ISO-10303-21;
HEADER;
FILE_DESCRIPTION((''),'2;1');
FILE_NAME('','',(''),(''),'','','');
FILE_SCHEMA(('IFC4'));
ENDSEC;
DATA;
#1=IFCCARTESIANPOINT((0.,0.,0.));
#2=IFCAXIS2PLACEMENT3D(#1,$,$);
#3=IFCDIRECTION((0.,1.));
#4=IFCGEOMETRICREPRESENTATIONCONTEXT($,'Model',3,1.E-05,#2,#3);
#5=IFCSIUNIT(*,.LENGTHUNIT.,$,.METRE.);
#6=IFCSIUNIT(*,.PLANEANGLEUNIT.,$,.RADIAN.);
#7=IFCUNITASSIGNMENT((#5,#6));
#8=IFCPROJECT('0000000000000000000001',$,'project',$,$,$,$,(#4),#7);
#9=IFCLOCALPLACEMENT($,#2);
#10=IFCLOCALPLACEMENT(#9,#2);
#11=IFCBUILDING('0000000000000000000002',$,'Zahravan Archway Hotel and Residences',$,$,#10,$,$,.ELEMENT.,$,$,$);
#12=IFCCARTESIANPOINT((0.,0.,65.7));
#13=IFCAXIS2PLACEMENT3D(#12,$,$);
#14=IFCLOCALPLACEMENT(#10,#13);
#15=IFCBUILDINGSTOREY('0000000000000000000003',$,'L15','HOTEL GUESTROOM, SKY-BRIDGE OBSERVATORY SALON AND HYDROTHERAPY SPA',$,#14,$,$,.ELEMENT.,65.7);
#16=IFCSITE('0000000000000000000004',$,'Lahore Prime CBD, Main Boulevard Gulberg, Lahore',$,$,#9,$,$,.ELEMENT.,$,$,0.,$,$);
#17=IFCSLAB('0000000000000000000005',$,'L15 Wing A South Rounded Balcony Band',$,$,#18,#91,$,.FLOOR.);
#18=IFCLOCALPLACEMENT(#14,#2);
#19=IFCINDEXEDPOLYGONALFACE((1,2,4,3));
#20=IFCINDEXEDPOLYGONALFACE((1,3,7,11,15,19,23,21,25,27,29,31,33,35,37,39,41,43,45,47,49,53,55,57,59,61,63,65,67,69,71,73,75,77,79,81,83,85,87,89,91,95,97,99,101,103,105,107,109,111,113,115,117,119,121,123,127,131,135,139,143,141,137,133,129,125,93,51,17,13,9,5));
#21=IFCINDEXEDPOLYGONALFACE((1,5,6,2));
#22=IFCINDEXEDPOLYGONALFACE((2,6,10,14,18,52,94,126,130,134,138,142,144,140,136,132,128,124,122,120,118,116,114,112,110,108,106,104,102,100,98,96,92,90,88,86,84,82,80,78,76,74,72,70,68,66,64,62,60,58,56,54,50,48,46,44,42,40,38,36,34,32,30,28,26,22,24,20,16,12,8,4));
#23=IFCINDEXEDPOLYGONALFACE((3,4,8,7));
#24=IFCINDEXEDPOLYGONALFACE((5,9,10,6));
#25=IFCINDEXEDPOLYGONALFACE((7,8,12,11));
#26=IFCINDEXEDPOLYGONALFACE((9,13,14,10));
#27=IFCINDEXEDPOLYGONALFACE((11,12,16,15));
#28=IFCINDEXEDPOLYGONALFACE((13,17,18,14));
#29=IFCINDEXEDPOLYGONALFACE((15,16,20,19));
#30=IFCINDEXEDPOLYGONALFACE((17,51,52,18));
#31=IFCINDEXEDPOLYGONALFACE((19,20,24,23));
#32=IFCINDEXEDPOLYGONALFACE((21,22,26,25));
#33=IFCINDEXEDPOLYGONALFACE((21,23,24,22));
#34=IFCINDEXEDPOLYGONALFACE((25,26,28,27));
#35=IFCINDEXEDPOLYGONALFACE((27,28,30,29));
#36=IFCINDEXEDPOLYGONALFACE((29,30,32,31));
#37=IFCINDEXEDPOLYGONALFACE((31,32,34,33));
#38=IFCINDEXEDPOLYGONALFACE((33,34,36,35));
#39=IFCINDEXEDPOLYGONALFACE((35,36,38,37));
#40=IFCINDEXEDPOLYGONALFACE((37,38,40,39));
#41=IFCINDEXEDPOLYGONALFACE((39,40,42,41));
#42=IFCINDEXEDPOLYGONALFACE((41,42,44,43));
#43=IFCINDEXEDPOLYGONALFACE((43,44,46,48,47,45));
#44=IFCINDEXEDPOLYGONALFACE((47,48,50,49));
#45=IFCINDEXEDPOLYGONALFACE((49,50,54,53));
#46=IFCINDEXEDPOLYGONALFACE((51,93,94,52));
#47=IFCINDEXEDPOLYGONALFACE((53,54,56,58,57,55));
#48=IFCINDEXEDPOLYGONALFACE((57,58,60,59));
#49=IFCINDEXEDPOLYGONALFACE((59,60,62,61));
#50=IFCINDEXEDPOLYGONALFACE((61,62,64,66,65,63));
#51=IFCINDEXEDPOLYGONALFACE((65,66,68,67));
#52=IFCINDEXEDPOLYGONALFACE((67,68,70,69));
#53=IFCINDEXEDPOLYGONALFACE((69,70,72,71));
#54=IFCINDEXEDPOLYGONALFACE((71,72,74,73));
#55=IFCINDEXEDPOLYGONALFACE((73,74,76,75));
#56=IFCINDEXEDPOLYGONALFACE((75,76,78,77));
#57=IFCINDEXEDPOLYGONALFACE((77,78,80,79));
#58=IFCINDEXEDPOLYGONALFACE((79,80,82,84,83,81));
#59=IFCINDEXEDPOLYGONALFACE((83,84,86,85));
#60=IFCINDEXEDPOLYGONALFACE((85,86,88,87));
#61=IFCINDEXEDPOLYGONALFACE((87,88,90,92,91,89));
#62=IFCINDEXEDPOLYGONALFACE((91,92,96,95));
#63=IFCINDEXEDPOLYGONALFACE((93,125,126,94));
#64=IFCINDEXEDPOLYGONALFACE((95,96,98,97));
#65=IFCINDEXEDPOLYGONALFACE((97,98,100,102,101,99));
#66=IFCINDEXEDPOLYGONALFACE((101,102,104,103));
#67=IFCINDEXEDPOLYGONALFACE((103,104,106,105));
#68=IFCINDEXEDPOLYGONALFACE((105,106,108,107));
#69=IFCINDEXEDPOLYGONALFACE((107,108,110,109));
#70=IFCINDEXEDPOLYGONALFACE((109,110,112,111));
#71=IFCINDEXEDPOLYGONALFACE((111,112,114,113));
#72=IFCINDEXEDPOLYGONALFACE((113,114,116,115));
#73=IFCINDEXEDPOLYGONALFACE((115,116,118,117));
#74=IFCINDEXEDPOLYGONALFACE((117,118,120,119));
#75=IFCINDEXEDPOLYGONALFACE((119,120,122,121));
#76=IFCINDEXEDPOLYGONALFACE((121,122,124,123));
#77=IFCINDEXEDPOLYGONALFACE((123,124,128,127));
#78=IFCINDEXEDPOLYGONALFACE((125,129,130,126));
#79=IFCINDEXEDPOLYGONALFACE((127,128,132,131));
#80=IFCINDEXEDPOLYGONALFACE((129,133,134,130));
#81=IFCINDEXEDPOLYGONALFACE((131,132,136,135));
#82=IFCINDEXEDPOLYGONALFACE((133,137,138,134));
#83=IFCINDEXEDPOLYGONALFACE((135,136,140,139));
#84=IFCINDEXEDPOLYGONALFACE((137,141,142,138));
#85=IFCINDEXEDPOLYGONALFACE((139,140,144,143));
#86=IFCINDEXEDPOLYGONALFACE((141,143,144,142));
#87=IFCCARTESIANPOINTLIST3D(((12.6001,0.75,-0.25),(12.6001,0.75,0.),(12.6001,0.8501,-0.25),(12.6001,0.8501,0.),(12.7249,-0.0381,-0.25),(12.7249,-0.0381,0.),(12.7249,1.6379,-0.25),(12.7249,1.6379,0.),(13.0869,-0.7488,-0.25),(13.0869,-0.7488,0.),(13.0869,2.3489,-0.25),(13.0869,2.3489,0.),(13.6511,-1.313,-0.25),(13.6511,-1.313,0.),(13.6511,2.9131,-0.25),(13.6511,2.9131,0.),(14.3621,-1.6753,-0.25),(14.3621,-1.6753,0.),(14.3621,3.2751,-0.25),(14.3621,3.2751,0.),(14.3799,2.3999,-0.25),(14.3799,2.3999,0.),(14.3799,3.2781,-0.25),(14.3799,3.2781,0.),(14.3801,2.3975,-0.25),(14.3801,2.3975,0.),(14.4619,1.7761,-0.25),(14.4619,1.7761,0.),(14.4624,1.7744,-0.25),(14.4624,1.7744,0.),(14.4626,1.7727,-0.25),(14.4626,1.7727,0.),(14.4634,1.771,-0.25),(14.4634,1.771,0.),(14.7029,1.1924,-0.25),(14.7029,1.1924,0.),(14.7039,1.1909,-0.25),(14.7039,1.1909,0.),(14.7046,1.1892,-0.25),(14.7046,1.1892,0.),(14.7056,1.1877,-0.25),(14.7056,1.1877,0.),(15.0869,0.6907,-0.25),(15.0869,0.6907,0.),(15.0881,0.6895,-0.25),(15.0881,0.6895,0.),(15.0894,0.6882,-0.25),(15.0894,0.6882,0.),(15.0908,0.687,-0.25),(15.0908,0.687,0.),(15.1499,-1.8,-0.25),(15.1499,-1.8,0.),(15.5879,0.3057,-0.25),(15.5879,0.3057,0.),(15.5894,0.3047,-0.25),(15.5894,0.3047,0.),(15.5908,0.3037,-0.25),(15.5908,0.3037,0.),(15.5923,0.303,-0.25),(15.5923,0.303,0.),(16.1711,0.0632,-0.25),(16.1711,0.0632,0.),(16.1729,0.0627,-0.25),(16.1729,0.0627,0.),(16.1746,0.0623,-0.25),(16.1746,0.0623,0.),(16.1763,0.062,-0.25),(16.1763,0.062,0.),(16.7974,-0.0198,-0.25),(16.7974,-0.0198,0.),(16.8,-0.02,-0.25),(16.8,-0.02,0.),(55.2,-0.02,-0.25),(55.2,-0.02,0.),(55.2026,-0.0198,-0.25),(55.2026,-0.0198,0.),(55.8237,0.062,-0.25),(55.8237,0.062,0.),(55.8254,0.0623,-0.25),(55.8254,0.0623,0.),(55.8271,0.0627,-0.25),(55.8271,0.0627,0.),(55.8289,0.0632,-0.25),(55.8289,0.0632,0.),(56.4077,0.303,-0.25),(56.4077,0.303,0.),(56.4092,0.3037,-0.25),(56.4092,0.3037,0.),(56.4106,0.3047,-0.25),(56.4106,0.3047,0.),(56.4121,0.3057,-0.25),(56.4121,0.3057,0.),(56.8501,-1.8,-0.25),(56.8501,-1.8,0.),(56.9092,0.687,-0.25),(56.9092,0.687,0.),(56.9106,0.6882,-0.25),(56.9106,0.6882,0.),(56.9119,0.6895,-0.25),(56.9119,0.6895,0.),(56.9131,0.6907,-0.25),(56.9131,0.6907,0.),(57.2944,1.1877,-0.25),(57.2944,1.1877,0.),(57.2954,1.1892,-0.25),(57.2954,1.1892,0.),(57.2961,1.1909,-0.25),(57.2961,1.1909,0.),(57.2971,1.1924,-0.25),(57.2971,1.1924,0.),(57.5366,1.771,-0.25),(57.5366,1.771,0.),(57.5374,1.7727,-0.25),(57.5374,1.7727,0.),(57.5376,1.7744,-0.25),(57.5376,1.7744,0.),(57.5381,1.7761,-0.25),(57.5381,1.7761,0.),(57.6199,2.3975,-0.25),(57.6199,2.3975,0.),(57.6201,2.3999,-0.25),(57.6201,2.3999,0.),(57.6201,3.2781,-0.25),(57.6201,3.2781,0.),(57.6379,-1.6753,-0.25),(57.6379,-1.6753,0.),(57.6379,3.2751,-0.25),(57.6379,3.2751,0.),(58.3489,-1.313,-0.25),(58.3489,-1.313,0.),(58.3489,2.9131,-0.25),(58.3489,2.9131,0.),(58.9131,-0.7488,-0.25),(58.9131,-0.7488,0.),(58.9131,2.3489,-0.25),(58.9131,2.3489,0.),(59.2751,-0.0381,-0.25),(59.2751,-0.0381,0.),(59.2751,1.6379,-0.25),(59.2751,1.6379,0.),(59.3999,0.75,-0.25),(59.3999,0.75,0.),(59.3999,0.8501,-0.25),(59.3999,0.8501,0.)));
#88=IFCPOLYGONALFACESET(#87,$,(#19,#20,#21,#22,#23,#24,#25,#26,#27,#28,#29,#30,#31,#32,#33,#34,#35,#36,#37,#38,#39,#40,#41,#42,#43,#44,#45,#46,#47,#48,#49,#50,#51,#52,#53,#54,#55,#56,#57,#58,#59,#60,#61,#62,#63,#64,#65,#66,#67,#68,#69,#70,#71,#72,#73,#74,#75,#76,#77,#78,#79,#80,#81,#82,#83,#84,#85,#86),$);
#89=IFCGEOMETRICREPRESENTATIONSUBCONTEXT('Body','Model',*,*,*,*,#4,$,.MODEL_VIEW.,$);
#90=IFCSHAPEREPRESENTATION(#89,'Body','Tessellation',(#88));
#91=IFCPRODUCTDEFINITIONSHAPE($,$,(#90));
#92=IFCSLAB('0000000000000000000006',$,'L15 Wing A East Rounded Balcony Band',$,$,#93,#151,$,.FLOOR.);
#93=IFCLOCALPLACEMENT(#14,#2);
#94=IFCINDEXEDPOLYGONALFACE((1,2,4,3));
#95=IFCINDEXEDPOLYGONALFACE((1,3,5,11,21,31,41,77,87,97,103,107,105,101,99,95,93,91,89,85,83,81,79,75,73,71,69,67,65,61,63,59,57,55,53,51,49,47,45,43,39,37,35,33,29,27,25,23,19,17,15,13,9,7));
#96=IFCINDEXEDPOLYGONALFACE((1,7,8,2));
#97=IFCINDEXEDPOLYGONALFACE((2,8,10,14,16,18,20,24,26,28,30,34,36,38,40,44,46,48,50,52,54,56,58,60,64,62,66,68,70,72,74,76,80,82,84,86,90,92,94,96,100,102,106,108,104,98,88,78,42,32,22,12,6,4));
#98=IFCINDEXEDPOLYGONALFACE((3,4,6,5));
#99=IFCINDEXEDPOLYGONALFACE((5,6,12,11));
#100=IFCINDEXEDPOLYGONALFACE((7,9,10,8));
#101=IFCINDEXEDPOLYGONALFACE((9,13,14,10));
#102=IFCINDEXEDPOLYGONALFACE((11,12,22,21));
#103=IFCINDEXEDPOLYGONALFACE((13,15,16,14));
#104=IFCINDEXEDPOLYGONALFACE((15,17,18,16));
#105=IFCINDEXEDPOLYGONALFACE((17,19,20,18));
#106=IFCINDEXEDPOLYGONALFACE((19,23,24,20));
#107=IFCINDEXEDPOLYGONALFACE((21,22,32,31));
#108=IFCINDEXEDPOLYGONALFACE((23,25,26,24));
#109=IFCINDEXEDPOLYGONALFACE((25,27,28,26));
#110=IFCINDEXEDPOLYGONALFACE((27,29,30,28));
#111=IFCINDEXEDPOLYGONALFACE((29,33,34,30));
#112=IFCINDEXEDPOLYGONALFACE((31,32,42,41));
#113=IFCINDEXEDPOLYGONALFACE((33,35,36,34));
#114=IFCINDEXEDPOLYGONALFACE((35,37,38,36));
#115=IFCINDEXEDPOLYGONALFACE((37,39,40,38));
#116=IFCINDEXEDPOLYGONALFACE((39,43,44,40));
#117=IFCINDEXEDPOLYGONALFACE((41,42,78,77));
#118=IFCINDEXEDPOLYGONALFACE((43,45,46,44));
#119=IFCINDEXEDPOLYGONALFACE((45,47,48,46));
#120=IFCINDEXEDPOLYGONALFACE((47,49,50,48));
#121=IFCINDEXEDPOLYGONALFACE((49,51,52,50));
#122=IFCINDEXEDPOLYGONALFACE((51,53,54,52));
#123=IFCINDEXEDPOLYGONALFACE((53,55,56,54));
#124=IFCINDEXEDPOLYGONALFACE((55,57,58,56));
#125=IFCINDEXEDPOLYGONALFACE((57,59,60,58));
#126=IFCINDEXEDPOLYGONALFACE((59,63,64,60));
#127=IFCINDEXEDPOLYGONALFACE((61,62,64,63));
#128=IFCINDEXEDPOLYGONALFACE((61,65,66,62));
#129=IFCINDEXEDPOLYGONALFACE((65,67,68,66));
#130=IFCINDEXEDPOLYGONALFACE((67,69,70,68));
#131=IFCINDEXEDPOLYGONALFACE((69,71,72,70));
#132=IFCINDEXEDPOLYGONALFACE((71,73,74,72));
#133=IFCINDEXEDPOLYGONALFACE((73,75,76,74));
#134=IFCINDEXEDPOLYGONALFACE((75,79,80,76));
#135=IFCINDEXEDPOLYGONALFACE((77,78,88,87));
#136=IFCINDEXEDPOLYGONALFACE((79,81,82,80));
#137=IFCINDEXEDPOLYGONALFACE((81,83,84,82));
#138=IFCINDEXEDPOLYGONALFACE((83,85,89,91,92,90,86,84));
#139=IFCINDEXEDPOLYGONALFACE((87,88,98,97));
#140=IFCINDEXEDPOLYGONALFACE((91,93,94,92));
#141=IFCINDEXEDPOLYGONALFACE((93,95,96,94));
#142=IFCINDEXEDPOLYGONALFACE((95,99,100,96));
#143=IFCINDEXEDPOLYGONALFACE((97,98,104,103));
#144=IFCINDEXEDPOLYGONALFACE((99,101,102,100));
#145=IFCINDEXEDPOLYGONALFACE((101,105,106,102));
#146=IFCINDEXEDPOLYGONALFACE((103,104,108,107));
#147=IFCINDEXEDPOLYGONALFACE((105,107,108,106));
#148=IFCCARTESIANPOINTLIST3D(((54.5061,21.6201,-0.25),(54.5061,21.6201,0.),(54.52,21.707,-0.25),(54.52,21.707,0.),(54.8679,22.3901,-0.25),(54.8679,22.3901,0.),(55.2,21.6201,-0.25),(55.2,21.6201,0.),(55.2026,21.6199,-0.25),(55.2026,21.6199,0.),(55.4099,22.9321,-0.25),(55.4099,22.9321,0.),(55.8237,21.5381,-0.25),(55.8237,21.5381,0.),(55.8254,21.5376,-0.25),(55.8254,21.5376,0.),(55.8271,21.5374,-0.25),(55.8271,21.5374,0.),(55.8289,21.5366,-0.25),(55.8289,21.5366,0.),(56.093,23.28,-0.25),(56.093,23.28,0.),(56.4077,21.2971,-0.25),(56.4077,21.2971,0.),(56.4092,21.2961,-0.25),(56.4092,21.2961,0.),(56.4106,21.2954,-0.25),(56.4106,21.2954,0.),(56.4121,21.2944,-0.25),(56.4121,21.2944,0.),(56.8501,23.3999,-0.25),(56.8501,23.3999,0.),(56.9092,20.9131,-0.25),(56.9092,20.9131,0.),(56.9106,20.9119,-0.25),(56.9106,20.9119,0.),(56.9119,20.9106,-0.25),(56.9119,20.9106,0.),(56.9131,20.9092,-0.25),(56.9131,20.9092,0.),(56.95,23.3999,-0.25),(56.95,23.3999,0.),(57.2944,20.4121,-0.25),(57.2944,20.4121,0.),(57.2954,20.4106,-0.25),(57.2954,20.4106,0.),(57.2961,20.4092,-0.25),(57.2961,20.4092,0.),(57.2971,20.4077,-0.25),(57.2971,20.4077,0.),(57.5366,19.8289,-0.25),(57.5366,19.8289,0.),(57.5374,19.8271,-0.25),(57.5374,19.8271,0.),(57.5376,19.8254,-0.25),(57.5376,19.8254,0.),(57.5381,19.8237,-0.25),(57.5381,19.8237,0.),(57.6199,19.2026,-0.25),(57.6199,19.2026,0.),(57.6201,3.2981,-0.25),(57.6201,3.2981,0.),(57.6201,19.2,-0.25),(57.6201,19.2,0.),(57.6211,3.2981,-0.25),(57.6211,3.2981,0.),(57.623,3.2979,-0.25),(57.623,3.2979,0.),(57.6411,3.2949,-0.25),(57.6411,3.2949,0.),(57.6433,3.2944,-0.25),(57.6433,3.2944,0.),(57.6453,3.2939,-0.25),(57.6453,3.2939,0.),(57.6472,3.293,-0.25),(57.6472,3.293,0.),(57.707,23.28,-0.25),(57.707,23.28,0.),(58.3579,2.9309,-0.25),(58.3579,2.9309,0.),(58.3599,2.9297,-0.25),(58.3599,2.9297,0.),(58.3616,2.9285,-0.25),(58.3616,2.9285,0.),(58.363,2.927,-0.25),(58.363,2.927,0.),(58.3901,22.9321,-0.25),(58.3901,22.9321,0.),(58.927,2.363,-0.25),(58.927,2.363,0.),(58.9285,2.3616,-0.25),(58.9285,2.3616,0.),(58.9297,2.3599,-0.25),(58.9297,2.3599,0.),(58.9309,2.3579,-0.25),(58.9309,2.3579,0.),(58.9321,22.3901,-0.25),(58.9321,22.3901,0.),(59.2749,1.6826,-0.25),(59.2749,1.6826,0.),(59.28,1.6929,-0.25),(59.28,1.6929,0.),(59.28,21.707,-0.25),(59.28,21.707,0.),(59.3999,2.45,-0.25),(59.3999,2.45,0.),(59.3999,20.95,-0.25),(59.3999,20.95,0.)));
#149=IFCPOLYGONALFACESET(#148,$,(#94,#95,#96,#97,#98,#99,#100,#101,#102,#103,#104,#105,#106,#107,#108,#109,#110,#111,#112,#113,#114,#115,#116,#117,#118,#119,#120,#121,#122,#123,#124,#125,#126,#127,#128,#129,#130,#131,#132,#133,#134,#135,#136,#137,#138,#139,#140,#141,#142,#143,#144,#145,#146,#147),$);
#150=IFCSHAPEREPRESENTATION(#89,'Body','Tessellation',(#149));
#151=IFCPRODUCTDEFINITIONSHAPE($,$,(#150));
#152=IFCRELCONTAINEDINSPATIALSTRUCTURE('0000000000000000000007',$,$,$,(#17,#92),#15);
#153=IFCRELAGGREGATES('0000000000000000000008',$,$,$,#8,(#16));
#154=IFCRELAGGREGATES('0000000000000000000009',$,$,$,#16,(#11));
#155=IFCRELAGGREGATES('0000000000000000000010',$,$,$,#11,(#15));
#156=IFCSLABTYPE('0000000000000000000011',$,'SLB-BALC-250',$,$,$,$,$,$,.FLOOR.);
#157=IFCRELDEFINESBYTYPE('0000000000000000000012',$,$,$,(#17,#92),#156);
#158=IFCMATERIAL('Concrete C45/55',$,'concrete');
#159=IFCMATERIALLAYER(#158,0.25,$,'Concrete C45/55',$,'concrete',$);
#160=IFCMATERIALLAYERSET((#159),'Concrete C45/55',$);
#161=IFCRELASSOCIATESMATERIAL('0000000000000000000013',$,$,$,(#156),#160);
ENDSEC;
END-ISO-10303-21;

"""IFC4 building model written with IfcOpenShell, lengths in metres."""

from ifc_helpers import new_model, si_unit, direction, frame, origin, place, context, subcontext, project, spatial, polyline, outline, extrude, material, layer, layer_set, type_object, element, save


model = new_model("IFC4")

# Units and contexts
model_context = context("Model", 3, precision=1e-05, world=origin(), true_north=direction((0.0, 1.0)))
body_context = subcontext(model_context, "Body", "Model", "MODEL_VIEW")
ifc_project = project(units=[si_unit("LENGTHUNIT", "METRE"), si_unit("PLANEANGLEUNIT", "RADIAN")], contexts=[model_context])

# Site, building, storey
site_placement = place(None, origin())
site = spatial("IfcSite", under=ifc_project, at=site_placement, Name="Lahore Prime CBD, Main Boulevard Gulberg, Lahore", CompositionType="ELEMENT", RefElevation=0.0)
building_placement = place(site_placement, origin())
building = spatial("IfcBuilding", under=site, at=building_placement, Name="Zahravan Archway Hotel and Residences", CompositionType="ELEMENT")
storey_placement = place(building_placement, frame((0.0, 0.0, 65.7)))
storey = spatial("IfcBuildingStorey", under=building, at=storey_placement, Name="L15", Description="HOTEL GUESTROOM, SKY-BRIDGE OBSERVATORY SALON AND HYDROTHERAPY SPA", CompositionType="ELEMENT", Elevation=65.7)

# Slabs
ifc_material_1 = material(Name="Concrete C45/55", Category="concrete")
ifc_layer_1 = layer(ifc_material_1, 0.25, Name="Concrete C45/55", Category="concrete")
ifc_layer_set_1 = layer_set([ifc_layer_1], Name="Concrete C45/55")
slab_type_1 = type_object("IfcSlabType", Name="SLB-BALC-250", PredefinedType="FLOOR", material=ifc_layer_set_1)
slab_1_placement = place(storey_placement, frame((0.0, 0.0, -0.25)))
element("IfcSlab", 1, at=slab_1_placement, inside=storey, type_object=slab_type_1, Name="L15 Wing A South Rounded Balcony Band", PredefinedType="FLOOR", context=body_context, shape_type="SweptSolid", body=[
    extrude(outline(polyline([(57.6379, 3.2751), (58.3489, 2.9131), (58.9131, 2.3489), (59.2751, 1.6379), (59.3999, 0.8501), (59.3999, 0.75), (59.2751, -0.0381), (58.9131, -0.7488), (58.3489, -1.313), (57.6379, -1.6753), (56.8501, -1.8), (15.1499, -1.8), (14.3621, -1.6753), (13.6511, -1.313), (13.0869, -0.7488), (12.7249, -0.0381), (12.6001, 0.75), (12.6001, 0.8501), (12.7249, 1.6379), (13.0869, 2.3489), (13.6511, 2.9131), (14.3621, 3.2751), (14.3799, 3.2781), (14.3799, 2.3999), (14.3801, 2.3975), (14.4619, 1.7761), (14.4624, 1.7744), (14.4626, 1.7727), (14.4634, 1.771), (14.7029, 1.1924), (14.7039, 1.1909), (14.7046, 1.1892), (14.7056, 1.1877), (15.0869, 0.6907), (15.0881, 0.6895), (15.0894, 0.6882), (15.0908, 0.687), (15.5879, 0.3057), (15.5894, 0.3047), (15.5908, 0.3037), (15.5923, 0.303), (16.1711, 0.0632), (16.1729, 0.0627), (16.1746, 0.0623), (16.1763, 0.062), (16.7974, -0.0198), (16.8, -0.02), (55.2, -0.02), (55.2026, -0.0198), (55.8237, 0.062), (55.8254, 0.0623), (55.8271, 0.0627), (55.8289, 0.0632), (56.4077, 0.303), (56.4092, 0.3037), (56.4106, 0.3047), (56.4121, 0.3057), (56.9092, 0.687), (56.9106, 0.6882), (56.9119, 0.6895), (56.9131, 0.6907), (57.2944, 1.1877), (57.2954, 1.1892), (57.2961, 1.1909), (57.2971, 1.1924), (57.5366, 1.771), (57.5374, 1.7727), (57.5376, 1.7744), (57.5381, 1.7761), (57.6199, 2.3975), (57.6201, 2.3999), (57.6201, 3.2781), (57.6379, 3.2751)])), origin(), (0.0, 0.0, 1.0), 0.25),
])
slab_2_placement = place(storey_placement, frame((0.0, 0.0, -0.25)))
element("IfcSlab", 2, at=slab_2_placement, inside=storey, type_object=slab_type_1, Name="L15 Wing A East Rounded Balcony Band", PredefinedType="FLOOR", context=body_context, shape_type="SweptSolid", body=[
    extrude(outline(polyline([(54.52, 21.707), (54.8679, 22.3901), (55.4099, 22.9321), (56.093, 23.28), (56.8501, 23.3999), (56.95, 23.3999), (57.707, 23.28), (58.3901, 22.9321), (58.9321, 22.3901), (59.28, 21.707), (59.3999, 20.95), (59.3999, 2.45), (59.28, 1.6929), (59.2749, 1.6826), (58.9309, 2.3579), (58.9297, 2.3599), (58.9285, 2.3616), (58.927, 2.363), (58.363, 2.927), (58.3616, 2.9285), (58.3599, 2.9297), (58.3579, 2.9309), (57.6472, 3.293), (57.6453, 3.2939), (57.6433, 3.2944), (57.6411, 3.2949), (57.623, 3.2979), (57.6211, 3.2981), (57.6201, 3.2981), (57.6201, 19.2), (57.6199, 19.2026), (57.5381, 19.8237), (57.5376, 19.8254), (57.5374, 19.8271), (57.5366, 19.8289), (57.2971, 20.4077), (57.2961, 20.4092), (57.2954, 20.4106), (57.2944, 20.4121), (56.9131, 20.9092), (56.9119, 20.9106), (56.9106, 20.9119), (56.9092, 20.9131), (56.4121, 21.2944), (56.4106, 21.2954), (56.4092, 21.2961), (56.4077, 21.2971), (55.8289, 21.5366), (55.8271, 21.5374), (55.8254, 21.5376), (55.8237, 21.5381), (55.2026, 21.6199), (55.2, 21.6201), (54.5061, 21.6201), (54.52, 21.707)])), origin(), (0.0, 0.0, 1.0), 0.25),
])

save(model, "model.ifc")
